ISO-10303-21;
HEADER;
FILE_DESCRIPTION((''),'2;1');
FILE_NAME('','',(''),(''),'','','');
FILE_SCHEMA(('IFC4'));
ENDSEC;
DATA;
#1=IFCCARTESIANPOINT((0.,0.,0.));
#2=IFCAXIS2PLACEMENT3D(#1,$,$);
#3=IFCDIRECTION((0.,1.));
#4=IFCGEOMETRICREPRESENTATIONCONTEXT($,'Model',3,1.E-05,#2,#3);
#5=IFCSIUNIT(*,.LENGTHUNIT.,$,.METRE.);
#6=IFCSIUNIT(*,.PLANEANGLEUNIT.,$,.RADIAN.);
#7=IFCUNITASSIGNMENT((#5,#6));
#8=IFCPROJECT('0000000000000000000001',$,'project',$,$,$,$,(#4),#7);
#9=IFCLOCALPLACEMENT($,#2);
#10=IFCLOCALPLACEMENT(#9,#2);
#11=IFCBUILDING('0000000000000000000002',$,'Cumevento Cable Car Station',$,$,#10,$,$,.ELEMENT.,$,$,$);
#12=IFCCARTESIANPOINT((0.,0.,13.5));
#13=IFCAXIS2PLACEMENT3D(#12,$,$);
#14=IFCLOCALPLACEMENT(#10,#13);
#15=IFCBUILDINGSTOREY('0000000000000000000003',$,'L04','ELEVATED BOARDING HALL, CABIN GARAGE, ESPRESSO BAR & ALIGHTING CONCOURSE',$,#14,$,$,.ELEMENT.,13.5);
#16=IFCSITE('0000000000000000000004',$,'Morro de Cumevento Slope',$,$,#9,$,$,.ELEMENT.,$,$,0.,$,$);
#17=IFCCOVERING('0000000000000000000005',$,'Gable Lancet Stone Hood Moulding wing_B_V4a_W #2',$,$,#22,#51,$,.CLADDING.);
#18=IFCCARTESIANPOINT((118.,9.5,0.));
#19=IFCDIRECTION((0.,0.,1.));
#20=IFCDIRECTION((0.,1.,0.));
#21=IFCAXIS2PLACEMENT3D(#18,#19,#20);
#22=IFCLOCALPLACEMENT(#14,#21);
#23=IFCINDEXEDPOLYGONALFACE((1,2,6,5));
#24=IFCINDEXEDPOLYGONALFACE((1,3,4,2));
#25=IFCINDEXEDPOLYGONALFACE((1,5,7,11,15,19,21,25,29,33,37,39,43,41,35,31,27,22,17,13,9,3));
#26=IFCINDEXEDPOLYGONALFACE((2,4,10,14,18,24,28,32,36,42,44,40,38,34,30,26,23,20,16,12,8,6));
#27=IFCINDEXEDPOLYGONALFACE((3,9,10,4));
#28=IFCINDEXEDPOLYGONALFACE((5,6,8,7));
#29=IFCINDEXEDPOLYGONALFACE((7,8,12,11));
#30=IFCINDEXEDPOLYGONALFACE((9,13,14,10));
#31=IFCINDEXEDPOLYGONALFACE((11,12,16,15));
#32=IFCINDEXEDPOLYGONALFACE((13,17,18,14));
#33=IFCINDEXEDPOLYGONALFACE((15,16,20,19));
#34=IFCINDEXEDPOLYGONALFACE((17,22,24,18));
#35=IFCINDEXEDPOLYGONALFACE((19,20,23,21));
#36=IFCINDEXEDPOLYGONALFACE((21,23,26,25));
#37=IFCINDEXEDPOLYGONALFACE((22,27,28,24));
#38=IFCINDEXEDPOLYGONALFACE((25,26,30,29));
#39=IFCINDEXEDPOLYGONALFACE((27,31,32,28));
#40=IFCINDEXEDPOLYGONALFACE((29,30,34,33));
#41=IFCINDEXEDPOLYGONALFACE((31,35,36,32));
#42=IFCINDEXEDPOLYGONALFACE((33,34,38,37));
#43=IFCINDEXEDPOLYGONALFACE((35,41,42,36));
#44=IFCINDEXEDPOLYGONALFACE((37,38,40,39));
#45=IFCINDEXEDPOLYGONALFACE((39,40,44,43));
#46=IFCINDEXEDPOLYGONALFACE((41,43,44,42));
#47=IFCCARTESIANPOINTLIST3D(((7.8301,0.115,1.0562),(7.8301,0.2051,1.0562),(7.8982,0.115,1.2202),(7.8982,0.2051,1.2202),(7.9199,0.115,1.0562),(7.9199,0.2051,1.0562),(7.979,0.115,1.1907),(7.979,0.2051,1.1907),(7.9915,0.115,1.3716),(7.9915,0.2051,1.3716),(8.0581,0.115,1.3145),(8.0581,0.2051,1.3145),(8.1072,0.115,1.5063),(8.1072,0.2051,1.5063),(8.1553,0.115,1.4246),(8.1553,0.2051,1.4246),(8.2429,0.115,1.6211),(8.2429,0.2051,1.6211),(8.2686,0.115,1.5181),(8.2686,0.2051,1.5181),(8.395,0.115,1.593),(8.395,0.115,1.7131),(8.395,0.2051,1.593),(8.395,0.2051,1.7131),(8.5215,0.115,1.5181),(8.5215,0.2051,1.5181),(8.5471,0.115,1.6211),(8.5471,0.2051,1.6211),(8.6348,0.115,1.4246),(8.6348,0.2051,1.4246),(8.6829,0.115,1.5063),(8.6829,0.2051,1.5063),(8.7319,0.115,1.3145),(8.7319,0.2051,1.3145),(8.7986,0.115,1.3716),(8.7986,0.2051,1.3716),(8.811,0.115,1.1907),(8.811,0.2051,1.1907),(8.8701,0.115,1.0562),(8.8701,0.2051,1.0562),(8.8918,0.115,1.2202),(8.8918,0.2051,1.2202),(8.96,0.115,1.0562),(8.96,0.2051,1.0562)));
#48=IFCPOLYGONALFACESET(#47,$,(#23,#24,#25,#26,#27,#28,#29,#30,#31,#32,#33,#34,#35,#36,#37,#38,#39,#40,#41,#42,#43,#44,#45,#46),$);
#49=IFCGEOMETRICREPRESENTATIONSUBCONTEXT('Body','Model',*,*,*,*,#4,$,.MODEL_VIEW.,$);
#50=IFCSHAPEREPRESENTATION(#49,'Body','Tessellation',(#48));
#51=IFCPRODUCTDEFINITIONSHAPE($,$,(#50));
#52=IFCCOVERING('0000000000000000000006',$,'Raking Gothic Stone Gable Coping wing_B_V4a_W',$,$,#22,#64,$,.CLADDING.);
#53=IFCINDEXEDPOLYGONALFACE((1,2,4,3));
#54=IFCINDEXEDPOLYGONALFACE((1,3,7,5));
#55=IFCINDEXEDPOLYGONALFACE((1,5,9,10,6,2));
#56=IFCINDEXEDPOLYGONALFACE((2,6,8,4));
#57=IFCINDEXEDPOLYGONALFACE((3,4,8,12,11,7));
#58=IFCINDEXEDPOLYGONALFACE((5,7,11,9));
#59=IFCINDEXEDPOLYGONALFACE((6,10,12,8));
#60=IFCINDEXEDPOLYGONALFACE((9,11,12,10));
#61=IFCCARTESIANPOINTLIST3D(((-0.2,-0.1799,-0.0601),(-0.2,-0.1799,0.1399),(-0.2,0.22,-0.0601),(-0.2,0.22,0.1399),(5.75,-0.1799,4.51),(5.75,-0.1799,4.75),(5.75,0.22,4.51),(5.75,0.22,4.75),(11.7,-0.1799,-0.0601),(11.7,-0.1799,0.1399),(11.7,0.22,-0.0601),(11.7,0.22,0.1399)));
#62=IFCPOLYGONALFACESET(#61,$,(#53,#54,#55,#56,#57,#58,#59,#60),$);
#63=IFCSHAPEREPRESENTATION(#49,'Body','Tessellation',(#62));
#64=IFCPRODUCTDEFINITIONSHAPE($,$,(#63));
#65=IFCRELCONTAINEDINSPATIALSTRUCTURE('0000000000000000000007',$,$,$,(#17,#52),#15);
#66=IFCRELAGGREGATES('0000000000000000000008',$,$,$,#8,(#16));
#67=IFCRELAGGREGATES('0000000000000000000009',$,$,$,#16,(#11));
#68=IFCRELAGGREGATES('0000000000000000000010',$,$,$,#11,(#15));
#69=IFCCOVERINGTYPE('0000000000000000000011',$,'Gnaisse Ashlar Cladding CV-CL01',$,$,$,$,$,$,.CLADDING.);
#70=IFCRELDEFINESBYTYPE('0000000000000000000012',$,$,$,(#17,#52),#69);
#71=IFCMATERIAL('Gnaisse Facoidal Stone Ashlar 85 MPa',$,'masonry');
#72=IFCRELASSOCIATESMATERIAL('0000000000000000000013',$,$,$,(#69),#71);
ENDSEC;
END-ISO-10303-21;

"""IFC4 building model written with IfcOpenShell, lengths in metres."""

from ifc_helpers import new_model, si_unit, direction, frame, origin, place, context, subcontext, project, spatial, polyline, outline, extrude, material, type_object, element, save


model = new_model("IFC4")

# Units and contexts
model_context = context("Model", 3, precision=1e-05, world=origin(), true_north=direction((0.0, 1.0)))
body_context = subcontext(model_context, "Body", "Model", "MODEL_VIEW")
ifc_project = project(units=[si_unit("LENGTHUNIT", "METRE"), si_unit("PLANEANGLEUNIT", "RADIAN")], contexts=[model_context])

# Site, building, storey
site_placement = place(None, origin())
site = spatial("IfcSite", under=ifc_project, at=site_placement, Name="Morro de Cumevento Slope", CompositionType="ELEMENT", RefElevation=0.0)
building_placement = place(site_placement, origin())
building = spatial("IfcBuilding", under=site, at=building_placement, Name="Cumevento Cable Car Station", CompositionType="ELEMENT")
storey_placement = place(building_placement, frame((0.0, 0.0, 13.5)))
storey = spatial("IfcBuildingStorey", under=building, at=storey_placement, Name="L04", Description="ELEVATED BOARDING HALL, CABIN GARAGE, ESPRESSO BAR & ALIGHTING CONCOURSE", CompositionType="ELEMENT", Elevation=13.5)

# Coverings
ifc_material_1 = material(Name="Gnaisse Facoidal Stone Ashlar 85 MPa", Category="masonry")
covering_type_1 = type_object("IfcCoveringType", Name="Gnaisse Ashlar Cladding CV-CL01", PredefinedType="CLADDING", material=ifc_material_1)
placement = place(storey_placement, frame((118.0, 9.5, 0.0), z_axis=(0.0, 0.0, 1.0), x_axis=(0.0, 1.0, 0.0)))
element("IfcCovering", 1, at=placement, inside=storey, type_object=covering_type_1, Name="Gable Lancet Stone Hood Moulding wing_B_V4a_W #2", PredefinedType="CLADDING", context=body_context, shape_type="SweptSolid", body=[
    extrude(outline(polyline([(7.9199, 1.0562), (7.979, 1.1907), (8.0581, 1.3145), (8.1553, 1.4246), (8.2686, 1.5181), (8.395, 1.593), (8.5215, 1.5181), (8.6348, 1.4246), (8.7319, 1.3145), (8.811, 1.1907), (8.8701, 1.0562), (8.96, 1.0562), (8.8918, 1.2202), (8.7986, 1.3716), (8.6829, 1.5063), (8.5471, 1.6211), (8.395, 1.7131), (8.2429, 1.6211), (8.1072, 1.5063), (7.9915, 1.3716), (7.8982, 1.2202), (7.8301, 1.0562), (7.9199, 1.0562)])), frame((0.0, 0.2051, 0.0), z_axis=(0.0, -1.0, 0.0), x_axis=(1.0, 0.0, 0.0)), (0.0, 0.0, 1.0), 0.0901),
])
element("IfcCovering", 2, at=placement, inside=storey, type_object=covering_type_1, Name="Raking Gothic Stone Gable Coping wing_B_V4a_W", PredefinedType="CLADDING", context=body_context, shape_type="SweptSolid", body=[
    extrude(outline(polyline([(-0.2, -0.0601), (5.75, 4.51), (11.7, -0.0601), (11.7, 0.1399), (5.75, 4.75), (-0.2, 0.1399), (-0.2, -0.0601)])), frame((0.0, 0.22, 0.0), z_axis=(0.0, -1.0, 0.0), x_axis=(1.0, 0.0, 0.0)), (0.0, 0.0, 1.0), 0.3999),
])

save(model, "model.ifc")
